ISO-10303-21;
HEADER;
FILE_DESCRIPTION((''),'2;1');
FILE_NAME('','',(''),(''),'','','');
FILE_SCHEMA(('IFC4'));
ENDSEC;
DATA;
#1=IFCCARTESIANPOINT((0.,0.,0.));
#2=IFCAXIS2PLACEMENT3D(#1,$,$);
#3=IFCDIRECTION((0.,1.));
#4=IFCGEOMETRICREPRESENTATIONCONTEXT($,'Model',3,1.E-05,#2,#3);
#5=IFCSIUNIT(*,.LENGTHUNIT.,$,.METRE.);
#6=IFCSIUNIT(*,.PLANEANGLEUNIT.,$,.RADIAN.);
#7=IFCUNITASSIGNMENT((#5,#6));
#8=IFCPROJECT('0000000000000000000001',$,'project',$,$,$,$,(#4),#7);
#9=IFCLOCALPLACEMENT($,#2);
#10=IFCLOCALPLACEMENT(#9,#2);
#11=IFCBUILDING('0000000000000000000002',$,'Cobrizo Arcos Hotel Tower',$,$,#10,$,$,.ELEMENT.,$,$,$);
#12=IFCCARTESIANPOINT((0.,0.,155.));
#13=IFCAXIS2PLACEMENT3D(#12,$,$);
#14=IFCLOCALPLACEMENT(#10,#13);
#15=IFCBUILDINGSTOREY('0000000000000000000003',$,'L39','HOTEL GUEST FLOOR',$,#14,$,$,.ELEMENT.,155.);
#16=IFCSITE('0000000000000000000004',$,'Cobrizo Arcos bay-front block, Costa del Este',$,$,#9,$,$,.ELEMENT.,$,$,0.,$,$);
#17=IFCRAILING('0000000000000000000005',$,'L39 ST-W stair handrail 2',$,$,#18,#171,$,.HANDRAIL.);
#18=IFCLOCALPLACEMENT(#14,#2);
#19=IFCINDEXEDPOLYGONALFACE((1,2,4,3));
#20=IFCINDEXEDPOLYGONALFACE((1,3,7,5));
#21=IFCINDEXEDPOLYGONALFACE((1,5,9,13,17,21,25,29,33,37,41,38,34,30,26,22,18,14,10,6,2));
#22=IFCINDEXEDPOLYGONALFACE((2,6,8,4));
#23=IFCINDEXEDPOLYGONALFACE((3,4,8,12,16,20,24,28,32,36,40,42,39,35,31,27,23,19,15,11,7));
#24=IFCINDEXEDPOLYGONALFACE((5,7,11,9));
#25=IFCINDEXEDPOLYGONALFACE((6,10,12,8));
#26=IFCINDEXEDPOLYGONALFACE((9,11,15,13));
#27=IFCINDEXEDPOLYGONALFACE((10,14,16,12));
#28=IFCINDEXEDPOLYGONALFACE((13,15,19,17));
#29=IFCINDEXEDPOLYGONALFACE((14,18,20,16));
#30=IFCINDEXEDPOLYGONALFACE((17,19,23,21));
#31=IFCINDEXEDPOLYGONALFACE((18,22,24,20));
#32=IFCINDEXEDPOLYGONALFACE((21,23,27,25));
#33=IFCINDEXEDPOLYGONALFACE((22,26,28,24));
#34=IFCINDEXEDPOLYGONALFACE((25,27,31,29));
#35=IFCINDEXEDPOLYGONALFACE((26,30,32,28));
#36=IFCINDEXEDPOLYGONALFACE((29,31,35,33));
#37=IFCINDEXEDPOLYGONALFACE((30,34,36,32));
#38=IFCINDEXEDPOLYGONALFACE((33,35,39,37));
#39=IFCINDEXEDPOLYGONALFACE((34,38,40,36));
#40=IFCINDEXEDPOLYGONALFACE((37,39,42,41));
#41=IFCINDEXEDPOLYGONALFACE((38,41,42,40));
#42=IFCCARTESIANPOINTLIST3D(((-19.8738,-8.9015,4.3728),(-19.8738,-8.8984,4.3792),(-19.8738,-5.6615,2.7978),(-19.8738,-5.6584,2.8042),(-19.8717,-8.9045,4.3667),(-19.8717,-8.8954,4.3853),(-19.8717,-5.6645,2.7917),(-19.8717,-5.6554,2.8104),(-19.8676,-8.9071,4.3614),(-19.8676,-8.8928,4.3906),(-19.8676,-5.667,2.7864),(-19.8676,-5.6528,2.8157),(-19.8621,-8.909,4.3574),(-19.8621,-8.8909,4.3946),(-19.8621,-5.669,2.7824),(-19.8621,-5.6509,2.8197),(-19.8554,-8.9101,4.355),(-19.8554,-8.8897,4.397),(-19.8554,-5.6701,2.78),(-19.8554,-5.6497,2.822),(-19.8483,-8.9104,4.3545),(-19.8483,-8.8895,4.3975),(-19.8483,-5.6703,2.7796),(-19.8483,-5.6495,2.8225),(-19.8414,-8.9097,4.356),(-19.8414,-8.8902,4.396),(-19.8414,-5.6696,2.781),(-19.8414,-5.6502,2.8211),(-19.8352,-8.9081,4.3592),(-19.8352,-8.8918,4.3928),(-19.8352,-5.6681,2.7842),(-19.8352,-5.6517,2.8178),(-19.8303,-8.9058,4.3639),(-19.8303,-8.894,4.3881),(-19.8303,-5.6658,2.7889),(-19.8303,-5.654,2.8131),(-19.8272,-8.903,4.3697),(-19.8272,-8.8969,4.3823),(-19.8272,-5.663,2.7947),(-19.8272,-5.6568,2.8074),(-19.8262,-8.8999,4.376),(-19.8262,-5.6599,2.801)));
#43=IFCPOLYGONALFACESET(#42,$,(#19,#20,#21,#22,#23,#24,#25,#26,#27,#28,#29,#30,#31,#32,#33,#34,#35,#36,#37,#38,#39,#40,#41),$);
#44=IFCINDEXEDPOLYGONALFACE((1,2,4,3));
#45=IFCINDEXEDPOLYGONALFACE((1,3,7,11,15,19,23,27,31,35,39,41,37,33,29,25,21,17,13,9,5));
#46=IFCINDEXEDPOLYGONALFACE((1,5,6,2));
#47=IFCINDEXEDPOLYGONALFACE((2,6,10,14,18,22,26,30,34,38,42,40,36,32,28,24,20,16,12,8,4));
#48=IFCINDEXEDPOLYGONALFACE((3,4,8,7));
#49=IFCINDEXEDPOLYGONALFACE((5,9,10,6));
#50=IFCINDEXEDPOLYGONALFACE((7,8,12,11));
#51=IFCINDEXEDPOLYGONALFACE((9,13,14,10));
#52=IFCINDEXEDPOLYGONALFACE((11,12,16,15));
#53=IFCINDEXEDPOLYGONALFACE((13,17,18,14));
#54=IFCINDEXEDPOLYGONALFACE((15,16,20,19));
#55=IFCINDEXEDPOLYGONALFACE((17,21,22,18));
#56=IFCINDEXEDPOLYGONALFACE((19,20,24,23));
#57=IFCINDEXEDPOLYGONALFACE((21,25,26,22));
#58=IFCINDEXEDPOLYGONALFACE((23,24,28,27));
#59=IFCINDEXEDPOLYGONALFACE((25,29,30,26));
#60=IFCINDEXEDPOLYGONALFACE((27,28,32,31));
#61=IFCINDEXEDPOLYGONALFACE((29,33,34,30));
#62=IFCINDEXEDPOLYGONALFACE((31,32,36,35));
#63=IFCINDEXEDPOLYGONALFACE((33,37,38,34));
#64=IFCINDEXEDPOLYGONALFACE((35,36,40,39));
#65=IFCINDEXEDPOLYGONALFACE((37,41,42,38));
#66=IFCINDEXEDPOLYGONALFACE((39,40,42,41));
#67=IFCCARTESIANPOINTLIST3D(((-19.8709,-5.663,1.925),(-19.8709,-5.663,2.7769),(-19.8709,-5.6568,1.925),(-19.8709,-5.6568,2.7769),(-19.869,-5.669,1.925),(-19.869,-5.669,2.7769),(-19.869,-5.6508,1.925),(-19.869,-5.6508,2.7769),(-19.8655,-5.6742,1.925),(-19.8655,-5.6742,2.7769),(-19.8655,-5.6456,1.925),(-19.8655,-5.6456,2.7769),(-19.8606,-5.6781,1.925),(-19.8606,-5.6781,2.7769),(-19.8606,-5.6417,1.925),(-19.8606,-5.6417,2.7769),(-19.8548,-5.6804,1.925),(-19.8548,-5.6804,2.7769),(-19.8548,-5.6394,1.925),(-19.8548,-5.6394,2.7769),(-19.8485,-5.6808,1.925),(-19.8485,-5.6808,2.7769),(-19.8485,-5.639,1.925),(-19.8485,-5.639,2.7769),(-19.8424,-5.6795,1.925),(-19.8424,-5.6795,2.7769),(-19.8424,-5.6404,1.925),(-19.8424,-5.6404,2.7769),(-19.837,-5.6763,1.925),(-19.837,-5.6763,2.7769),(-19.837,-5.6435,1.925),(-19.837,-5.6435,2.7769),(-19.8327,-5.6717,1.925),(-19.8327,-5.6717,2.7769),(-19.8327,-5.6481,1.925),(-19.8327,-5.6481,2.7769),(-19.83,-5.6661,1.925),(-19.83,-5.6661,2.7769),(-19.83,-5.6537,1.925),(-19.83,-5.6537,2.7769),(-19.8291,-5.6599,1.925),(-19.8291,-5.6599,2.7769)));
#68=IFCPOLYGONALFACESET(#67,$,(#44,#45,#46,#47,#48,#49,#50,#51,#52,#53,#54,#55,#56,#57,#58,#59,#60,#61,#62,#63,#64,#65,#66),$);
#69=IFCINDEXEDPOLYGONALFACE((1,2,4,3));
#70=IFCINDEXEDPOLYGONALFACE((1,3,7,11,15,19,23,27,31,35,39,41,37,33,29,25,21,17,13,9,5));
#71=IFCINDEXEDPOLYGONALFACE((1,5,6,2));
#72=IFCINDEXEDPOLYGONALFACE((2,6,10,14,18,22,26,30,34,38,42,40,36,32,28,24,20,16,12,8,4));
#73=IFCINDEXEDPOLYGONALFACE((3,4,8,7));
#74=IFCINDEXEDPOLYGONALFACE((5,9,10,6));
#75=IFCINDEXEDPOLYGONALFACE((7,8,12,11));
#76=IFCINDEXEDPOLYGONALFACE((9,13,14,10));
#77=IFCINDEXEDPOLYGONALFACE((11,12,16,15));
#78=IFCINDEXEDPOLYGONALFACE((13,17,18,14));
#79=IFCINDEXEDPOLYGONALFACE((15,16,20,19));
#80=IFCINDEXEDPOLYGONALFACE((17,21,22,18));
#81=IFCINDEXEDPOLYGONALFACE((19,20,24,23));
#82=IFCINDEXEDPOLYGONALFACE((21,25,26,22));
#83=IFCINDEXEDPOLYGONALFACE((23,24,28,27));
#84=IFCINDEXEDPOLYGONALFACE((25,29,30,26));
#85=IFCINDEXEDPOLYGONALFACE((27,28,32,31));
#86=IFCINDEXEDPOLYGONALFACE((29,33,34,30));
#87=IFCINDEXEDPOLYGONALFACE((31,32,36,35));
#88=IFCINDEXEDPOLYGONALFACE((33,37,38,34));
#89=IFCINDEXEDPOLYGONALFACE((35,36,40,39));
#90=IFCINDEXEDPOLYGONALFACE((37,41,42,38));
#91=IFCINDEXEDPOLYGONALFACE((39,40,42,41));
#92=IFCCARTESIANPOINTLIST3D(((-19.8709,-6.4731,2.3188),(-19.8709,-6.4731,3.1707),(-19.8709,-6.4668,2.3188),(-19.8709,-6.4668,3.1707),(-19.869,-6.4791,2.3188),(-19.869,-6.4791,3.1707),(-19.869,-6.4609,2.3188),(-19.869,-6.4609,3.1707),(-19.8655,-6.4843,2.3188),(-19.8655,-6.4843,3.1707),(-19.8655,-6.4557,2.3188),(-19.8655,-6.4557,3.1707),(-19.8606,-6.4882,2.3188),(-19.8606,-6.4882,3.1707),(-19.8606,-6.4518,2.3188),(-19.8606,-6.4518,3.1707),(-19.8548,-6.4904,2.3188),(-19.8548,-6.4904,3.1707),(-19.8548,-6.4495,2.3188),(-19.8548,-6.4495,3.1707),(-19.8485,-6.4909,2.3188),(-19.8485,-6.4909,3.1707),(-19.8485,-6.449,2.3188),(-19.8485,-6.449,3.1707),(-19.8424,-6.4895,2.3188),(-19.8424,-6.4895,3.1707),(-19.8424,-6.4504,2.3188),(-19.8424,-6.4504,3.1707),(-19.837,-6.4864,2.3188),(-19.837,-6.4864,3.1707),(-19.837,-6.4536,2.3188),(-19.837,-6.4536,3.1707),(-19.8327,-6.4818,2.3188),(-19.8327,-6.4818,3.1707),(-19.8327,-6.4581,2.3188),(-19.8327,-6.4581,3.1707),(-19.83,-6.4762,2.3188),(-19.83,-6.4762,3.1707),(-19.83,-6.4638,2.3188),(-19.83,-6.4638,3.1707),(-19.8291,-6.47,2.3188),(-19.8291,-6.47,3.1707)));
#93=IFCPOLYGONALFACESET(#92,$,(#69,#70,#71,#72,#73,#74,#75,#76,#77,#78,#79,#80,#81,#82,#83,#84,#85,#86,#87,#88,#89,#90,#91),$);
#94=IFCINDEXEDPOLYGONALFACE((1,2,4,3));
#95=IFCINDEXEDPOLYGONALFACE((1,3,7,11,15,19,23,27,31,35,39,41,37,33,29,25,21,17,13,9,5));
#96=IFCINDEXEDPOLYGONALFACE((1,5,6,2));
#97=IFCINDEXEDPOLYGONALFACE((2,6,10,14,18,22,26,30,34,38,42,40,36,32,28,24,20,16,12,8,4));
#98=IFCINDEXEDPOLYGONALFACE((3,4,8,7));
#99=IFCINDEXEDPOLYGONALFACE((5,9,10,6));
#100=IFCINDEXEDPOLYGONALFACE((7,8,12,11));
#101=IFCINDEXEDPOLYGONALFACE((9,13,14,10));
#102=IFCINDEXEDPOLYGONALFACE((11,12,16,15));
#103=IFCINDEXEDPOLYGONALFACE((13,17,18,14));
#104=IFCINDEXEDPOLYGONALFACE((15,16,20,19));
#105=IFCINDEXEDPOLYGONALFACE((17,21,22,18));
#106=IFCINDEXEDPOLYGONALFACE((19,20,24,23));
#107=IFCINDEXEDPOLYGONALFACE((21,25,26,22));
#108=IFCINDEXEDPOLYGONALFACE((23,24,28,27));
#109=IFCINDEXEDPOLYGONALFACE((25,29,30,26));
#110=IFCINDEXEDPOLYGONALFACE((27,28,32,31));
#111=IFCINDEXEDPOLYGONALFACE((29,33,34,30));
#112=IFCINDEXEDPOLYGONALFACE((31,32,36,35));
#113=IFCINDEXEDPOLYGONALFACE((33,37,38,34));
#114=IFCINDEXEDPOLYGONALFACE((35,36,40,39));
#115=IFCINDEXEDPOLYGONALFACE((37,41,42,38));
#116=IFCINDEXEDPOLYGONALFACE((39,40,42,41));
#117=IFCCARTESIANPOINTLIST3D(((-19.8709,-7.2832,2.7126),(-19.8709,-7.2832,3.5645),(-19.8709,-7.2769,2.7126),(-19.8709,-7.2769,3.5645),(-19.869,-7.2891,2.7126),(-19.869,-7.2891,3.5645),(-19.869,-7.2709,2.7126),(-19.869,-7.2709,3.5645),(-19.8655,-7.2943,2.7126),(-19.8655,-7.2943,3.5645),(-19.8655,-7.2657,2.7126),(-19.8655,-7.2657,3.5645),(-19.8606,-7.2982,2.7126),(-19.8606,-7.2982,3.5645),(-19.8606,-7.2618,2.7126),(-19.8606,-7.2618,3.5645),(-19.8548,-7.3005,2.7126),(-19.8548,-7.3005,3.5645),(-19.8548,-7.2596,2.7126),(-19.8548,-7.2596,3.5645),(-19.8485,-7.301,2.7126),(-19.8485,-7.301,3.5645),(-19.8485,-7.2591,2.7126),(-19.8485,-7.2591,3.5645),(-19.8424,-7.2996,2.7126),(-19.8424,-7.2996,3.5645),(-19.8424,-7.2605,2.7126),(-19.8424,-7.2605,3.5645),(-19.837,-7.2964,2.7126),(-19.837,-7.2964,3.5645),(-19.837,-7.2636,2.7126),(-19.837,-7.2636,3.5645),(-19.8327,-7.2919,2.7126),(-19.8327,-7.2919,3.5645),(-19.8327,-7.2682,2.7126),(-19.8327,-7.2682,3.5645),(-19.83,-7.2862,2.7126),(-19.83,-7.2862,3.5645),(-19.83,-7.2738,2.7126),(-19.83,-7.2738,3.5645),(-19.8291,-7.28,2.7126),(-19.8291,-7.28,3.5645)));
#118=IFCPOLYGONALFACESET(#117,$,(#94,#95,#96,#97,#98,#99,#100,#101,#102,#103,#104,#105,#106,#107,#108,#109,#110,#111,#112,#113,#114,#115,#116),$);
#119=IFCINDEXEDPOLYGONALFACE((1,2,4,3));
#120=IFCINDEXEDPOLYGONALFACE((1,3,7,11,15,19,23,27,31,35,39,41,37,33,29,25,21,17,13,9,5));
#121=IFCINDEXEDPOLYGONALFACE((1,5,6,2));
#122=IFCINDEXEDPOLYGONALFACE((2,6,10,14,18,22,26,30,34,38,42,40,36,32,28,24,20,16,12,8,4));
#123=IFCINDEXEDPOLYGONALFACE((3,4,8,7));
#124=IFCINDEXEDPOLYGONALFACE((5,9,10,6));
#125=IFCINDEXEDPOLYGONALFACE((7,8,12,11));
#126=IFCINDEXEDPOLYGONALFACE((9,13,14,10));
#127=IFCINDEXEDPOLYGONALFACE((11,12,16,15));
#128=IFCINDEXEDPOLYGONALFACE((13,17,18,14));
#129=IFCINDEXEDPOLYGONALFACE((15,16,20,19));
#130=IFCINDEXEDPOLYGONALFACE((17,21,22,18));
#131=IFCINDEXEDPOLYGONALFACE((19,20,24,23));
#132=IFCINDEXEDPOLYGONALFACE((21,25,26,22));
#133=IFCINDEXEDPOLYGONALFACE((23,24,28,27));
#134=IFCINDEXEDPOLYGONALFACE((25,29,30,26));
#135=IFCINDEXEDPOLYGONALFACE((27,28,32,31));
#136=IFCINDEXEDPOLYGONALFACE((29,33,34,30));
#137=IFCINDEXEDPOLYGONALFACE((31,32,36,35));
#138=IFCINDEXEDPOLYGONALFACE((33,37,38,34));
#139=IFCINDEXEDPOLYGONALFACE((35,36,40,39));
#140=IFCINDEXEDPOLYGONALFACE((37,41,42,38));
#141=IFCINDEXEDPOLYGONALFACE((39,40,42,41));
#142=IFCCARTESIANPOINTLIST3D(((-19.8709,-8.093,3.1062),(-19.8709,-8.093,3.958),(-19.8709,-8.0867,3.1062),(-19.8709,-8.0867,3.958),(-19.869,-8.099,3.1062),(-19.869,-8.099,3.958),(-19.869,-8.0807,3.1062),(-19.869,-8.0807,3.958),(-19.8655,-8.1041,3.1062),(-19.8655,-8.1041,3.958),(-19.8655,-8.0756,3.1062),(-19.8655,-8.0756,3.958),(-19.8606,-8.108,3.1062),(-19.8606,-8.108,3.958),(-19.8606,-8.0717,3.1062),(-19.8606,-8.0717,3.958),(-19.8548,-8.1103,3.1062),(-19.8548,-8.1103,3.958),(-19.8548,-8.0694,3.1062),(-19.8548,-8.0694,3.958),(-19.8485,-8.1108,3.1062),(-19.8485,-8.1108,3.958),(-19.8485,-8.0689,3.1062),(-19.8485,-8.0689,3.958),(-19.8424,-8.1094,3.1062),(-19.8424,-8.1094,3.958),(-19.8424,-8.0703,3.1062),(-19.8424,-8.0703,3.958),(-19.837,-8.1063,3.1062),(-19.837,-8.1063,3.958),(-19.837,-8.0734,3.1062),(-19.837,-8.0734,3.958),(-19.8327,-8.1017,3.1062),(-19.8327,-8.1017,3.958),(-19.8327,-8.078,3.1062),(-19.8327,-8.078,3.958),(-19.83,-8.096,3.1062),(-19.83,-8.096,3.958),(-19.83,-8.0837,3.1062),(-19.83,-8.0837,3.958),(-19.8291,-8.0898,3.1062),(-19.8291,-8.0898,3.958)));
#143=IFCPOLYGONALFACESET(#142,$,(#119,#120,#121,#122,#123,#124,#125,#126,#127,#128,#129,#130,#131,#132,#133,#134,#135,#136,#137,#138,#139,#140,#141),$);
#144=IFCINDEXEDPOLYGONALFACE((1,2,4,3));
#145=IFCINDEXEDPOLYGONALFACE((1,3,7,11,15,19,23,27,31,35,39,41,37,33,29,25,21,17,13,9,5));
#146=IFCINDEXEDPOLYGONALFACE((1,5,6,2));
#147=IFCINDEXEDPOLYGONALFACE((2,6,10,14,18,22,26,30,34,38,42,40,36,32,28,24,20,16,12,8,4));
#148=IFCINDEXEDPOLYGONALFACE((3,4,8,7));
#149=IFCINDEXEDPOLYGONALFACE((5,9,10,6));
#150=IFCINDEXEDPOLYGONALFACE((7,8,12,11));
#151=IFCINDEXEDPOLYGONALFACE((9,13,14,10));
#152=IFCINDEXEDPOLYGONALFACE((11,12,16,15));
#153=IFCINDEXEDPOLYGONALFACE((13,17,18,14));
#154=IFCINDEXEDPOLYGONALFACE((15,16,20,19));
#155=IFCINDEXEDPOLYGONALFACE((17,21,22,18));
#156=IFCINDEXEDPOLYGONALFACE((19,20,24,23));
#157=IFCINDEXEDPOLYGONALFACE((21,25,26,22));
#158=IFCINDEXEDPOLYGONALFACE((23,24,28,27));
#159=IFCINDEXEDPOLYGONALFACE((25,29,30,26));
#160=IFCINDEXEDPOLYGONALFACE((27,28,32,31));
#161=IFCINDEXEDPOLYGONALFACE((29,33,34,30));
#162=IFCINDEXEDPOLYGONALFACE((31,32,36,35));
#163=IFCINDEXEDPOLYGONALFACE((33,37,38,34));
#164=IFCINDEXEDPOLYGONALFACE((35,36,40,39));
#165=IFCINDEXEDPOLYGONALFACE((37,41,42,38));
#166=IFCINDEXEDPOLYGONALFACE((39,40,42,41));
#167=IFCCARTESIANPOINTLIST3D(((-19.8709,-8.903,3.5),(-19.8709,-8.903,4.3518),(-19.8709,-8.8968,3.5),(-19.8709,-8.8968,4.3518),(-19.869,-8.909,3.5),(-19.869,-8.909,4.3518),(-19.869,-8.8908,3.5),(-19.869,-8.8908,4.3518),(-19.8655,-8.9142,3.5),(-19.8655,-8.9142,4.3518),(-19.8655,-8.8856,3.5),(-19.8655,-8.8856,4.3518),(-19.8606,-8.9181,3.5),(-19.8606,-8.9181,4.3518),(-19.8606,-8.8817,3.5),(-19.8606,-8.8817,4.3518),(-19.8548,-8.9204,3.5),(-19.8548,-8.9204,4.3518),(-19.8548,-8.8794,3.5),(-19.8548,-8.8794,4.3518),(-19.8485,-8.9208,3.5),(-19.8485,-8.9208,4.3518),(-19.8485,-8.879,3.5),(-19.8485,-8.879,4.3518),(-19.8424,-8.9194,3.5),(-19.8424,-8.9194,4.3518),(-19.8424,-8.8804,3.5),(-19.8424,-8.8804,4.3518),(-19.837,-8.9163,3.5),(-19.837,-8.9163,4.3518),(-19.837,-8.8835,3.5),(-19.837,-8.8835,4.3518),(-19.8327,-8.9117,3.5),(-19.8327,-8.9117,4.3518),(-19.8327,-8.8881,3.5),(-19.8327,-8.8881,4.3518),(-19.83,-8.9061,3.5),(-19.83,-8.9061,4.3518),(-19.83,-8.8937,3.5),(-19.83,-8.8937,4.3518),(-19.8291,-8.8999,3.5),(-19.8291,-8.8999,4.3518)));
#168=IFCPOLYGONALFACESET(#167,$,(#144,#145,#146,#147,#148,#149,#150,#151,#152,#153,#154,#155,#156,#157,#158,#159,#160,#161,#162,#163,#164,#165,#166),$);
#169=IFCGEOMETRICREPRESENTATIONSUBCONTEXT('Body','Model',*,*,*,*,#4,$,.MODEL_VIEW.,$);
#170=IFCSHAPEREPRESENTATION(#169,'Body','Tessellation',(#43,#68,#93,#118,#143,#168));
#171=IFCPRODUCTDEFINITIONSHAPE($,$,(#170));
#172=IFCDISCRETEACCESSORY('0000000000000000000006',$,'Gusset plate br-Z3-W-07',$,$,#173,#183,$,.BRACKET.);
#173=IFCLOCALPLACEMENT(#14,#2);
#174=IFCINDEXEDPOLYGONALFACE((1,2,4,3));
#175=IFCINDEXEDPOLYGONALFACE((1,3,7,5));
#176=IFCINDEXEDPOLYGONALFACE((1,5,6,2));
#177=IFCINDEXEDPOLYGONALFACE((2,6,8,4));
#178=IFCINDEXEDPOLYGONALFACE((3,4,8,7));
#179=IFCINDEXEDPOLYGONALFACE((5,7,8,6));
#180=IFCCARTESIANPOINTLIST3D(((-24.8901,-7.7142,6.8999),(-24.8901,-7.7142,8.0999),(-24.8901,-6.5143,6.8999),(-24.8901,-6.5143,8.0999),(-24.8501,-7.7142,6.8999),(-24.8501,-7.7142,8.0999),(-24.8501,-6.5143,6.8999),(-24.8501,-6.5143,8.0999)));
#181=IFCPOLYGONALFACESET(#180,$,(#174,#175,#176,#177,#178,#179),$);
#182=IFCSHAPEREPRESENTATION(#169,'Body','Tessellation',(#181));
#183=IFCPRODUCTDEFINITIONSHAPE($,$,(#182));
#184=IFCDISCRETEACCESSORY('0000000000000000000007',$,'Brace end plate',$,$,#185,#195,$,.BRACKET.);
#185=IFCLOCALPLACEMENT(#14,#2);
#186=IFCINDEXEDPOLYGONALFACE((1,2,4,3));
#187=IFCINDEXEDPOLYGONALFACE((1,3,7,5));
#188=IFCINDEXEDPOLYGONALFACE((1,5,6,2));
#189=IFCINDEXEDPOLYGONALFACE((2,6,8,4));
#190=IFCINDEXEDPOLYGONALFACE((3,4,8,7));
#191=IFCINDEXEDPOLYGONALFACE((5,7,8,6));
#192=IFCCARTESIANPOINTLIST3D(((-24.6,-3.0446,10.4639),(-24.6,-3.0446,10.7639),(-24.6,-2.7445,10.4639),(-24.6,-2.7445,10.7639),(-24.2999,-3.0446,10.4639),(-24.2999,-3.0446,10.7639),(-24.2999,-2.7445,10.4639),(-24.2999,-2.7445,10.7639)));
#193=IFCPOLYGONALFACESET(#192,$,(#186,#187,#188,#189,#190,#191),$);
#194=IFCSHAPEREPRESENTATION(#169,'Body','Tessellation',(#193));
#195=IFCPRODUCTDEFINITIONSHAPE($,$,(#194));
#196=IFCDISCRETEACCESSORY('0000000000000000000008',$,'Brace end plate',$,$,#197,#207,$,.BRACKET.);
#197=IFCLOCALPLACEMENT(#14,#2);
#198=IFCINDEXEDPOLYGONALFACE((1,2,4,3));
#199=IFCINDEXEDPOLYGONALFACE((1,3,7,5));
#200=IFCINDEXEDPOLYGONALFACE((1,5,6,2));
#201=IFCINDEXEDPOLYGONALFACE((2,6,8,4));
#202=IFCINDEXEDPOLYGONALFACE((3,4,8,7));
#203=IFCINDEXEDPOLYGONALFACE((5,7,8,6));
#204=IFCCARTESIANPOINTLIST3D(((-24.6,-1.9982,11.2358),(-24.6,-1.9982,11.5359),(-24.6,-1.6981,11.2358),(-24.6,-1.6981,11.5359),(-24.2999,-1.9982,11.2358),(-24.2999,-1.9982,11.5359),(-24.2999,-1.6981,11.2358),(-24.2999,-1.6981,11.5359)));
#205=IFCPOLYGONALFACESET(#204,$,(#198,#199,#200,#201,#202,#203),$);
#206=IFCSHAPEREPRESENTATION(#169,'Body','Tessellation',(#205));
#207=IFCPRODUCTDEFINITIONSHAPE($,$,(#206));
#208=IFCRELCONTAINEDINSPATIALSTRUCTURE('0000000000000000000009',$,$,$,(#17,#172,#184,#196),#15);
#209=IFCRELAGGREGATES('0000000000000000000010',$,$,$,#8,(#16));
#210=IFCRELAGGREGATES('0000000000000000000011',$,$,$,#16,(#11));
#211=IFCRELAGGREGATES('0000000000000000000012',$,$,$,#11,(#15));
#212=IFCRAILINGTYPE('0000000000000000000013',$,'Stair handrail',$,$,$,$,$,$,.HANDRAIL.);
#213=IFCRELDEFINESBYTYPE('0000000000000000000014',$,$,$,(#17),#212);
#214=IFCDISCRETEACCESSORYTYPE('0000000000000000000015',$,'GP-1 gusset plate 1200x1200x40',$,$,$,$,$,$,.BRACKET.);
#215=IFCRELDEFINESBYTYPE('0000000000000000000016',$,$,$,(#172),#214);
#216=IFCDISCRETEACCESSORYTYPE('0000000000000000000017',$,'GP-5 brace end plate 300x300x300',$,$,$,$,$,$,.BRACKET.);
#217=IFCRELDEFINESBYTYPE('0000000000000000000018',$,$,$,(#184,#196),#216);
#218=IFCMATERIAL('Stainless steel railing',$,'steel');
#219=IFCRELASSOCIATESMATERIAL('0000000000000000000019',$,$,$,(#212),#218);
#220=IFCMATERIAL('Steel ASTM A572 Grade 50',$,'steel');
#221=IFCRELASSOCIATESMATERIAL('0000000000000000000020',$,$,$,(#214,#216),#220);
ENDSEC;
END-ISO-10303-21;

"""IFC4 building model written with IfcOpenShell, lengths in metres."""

from ifc_helpers import new_model, si_unit, direction, frame, origin, origin_2d, place, context, subcontext, project, spatial, rectangle, circle, extrude, material, type_object, element, save


model = new_model("IFC4")

# Units and contexts
model_context = context("Model", 3, precision=1e-05, world=origin(), true_north=direction((0.0, 1.0)))
body_context = subcontext(model_context, "Body", "Model", "MODEL_VIEW")
ifc_project = project(units=[si_unit("LENGTHUNIT", "METRE"), si_unit("PLANEANGLEUNIT", "RADIAN")], contexts=[model_context])

# Site, building, storey
site_placement = place(None, origin())
site = spatial("IfcSite", under=ifc_project, at=site_placement, Name="Cobrizo Arcos bay-front block, Costa del Este", CompositionType="ELEMENT", RefElevation=0.0)
building_placement = place(site_placement, origin())
building = spatial("IfcBuilding", under=site, at=building_placement, Name="Cobrizo Arcos Hotel Tower", CompositionType="ELEMENT")
storey_placement = place(building_placement, frame((0.0, 0.0, 155.0)))
storey = spatial("IfcBuildingStorey", under=building, at=storey_placement, Name="L39", Description="HOTEL GUEST FLOOR", CompositionType="ELEMENT", Elevation=155.0)

# Shared definitions
ifc_material_1 = material(Name="Steel ASTM A572 Grade 50", Category="steel")

# Railing
ifc_material_2 = material(Name="Stainless steel railing", Category="steel")
railing_type_1 = type_object("IfcRailingType", Name="Stair handrail", PredefinedType="HANDRAIL", material=ifc_material_2)
railing_1_placement = place(storey_placement, frame((-19.8501, -5.6599, 1.925)))
element("IfcRailing", 1, at=railing_1_placement, inside=storey, type_object=railing_type_1, Name="L39 ST-W stair handrail 2", PredefinedType="HANDRAIL", context=body_context, shape_type="SweptSolid", body=[
    extrude(circle(Radius=0.0239, at=origin_2d()), frame((0.0, 0.0, 0.876), z_axis=(0.0, -0.899373, 0.437183), x_axis=(1.0, 0.0, 0.0)), (0.0, 0.0, 1.0), 3.6025),
    extrude(circle(Radius=0.021, at=origin_2d()), origin(), (0.0, 0.0, 1.0), 0.8518),
    extrude(circle(Radius=0.021, at=origin_2d()), frame((0.0, -0.8101, 0.3938)), (0.0, 0.0, 1.0), 0.8518),
    extrude(circle(Radius=0.021, at=origin_2d()), frame((0.0, -1.6201, 0.7876)), (0.0, 0.0, 1.0), 0.8518),
    extrude(circle(Radius=0.021, at=origin_2d()), frame((0.0, -2.4299, 1.1812)), (0.0, 0.0, 1.0), 0.8518),
    extrude(circle(Radius=0.021, at=origin_2d()), frame((0.0, -3.24, 1.575)), (0.0, 0.0, 1.0), 0.8518),
])

# Discrete accessories
discrete_accessory_type_1 = type_object("IfcDiscreteAccessoryType", Name="GP-1 gusset plate 1200x1200x40", PredefinedType="BRACKET", material=ifc_material_1)
discrete_accessory_placement = place(storey_placement, frame((-24.8701, -7.1143, 6.8999), z_axis=(0.0, 0.0, 1.0), x_axis=(1.0, 0.0, 0.0)))
element("IfcDiscreteAccessory", 2, at=discrete_accessory_placement, inside=storey, type_object=discrete_accessory_type_1, Name="Gusset plate br-Z3-W-07", PredefinedType="BRACKET", context=body_context, shape_type="SweptSolid", body=[
    extrude(rectangle(XDim=0.04, YDim=1.2, at=origin_2d()), origin(), (0.0, 0.0, 1.0), 1.2),
])
discrete_accessory_type_2 = type_object("IfcDiscreteAccessoryType", Name="GP-5 brace end plate 300x300x300", PredefinedType="BRACKET", material=ifc_material_1)
for number, where, z_axis, x_axis, name in (
    (3, (-24.45, -2.8945, 10.4639), (0.0, 0.0, 1.0), (1.0, 0.0, 0.0), "Brace end plate"),
    (4, (-24.45, -1.8481, 11.2358), (0.0, 0.0, 1.0), (1.0, 0.0, 0.0), "Brace end plate"),
):
    element("IfcDiscreteAccessory", number, at=place(storey_placement, frame(where, z_axis=z_axis, x_axis=x_axis)), inside=storey, type_object=discrete_accessory_type_2, Name=name, PredefinedType="BRACKET", context=body_context, shape_type="SweptSolid", body=[
        extrude(rectangle(XDim=0.3, YDim=0.3, at=origin_2d()), origin(), (0.0, 0.0, 1.0), 0.3),
    ])

save(model, "model.ifc")
